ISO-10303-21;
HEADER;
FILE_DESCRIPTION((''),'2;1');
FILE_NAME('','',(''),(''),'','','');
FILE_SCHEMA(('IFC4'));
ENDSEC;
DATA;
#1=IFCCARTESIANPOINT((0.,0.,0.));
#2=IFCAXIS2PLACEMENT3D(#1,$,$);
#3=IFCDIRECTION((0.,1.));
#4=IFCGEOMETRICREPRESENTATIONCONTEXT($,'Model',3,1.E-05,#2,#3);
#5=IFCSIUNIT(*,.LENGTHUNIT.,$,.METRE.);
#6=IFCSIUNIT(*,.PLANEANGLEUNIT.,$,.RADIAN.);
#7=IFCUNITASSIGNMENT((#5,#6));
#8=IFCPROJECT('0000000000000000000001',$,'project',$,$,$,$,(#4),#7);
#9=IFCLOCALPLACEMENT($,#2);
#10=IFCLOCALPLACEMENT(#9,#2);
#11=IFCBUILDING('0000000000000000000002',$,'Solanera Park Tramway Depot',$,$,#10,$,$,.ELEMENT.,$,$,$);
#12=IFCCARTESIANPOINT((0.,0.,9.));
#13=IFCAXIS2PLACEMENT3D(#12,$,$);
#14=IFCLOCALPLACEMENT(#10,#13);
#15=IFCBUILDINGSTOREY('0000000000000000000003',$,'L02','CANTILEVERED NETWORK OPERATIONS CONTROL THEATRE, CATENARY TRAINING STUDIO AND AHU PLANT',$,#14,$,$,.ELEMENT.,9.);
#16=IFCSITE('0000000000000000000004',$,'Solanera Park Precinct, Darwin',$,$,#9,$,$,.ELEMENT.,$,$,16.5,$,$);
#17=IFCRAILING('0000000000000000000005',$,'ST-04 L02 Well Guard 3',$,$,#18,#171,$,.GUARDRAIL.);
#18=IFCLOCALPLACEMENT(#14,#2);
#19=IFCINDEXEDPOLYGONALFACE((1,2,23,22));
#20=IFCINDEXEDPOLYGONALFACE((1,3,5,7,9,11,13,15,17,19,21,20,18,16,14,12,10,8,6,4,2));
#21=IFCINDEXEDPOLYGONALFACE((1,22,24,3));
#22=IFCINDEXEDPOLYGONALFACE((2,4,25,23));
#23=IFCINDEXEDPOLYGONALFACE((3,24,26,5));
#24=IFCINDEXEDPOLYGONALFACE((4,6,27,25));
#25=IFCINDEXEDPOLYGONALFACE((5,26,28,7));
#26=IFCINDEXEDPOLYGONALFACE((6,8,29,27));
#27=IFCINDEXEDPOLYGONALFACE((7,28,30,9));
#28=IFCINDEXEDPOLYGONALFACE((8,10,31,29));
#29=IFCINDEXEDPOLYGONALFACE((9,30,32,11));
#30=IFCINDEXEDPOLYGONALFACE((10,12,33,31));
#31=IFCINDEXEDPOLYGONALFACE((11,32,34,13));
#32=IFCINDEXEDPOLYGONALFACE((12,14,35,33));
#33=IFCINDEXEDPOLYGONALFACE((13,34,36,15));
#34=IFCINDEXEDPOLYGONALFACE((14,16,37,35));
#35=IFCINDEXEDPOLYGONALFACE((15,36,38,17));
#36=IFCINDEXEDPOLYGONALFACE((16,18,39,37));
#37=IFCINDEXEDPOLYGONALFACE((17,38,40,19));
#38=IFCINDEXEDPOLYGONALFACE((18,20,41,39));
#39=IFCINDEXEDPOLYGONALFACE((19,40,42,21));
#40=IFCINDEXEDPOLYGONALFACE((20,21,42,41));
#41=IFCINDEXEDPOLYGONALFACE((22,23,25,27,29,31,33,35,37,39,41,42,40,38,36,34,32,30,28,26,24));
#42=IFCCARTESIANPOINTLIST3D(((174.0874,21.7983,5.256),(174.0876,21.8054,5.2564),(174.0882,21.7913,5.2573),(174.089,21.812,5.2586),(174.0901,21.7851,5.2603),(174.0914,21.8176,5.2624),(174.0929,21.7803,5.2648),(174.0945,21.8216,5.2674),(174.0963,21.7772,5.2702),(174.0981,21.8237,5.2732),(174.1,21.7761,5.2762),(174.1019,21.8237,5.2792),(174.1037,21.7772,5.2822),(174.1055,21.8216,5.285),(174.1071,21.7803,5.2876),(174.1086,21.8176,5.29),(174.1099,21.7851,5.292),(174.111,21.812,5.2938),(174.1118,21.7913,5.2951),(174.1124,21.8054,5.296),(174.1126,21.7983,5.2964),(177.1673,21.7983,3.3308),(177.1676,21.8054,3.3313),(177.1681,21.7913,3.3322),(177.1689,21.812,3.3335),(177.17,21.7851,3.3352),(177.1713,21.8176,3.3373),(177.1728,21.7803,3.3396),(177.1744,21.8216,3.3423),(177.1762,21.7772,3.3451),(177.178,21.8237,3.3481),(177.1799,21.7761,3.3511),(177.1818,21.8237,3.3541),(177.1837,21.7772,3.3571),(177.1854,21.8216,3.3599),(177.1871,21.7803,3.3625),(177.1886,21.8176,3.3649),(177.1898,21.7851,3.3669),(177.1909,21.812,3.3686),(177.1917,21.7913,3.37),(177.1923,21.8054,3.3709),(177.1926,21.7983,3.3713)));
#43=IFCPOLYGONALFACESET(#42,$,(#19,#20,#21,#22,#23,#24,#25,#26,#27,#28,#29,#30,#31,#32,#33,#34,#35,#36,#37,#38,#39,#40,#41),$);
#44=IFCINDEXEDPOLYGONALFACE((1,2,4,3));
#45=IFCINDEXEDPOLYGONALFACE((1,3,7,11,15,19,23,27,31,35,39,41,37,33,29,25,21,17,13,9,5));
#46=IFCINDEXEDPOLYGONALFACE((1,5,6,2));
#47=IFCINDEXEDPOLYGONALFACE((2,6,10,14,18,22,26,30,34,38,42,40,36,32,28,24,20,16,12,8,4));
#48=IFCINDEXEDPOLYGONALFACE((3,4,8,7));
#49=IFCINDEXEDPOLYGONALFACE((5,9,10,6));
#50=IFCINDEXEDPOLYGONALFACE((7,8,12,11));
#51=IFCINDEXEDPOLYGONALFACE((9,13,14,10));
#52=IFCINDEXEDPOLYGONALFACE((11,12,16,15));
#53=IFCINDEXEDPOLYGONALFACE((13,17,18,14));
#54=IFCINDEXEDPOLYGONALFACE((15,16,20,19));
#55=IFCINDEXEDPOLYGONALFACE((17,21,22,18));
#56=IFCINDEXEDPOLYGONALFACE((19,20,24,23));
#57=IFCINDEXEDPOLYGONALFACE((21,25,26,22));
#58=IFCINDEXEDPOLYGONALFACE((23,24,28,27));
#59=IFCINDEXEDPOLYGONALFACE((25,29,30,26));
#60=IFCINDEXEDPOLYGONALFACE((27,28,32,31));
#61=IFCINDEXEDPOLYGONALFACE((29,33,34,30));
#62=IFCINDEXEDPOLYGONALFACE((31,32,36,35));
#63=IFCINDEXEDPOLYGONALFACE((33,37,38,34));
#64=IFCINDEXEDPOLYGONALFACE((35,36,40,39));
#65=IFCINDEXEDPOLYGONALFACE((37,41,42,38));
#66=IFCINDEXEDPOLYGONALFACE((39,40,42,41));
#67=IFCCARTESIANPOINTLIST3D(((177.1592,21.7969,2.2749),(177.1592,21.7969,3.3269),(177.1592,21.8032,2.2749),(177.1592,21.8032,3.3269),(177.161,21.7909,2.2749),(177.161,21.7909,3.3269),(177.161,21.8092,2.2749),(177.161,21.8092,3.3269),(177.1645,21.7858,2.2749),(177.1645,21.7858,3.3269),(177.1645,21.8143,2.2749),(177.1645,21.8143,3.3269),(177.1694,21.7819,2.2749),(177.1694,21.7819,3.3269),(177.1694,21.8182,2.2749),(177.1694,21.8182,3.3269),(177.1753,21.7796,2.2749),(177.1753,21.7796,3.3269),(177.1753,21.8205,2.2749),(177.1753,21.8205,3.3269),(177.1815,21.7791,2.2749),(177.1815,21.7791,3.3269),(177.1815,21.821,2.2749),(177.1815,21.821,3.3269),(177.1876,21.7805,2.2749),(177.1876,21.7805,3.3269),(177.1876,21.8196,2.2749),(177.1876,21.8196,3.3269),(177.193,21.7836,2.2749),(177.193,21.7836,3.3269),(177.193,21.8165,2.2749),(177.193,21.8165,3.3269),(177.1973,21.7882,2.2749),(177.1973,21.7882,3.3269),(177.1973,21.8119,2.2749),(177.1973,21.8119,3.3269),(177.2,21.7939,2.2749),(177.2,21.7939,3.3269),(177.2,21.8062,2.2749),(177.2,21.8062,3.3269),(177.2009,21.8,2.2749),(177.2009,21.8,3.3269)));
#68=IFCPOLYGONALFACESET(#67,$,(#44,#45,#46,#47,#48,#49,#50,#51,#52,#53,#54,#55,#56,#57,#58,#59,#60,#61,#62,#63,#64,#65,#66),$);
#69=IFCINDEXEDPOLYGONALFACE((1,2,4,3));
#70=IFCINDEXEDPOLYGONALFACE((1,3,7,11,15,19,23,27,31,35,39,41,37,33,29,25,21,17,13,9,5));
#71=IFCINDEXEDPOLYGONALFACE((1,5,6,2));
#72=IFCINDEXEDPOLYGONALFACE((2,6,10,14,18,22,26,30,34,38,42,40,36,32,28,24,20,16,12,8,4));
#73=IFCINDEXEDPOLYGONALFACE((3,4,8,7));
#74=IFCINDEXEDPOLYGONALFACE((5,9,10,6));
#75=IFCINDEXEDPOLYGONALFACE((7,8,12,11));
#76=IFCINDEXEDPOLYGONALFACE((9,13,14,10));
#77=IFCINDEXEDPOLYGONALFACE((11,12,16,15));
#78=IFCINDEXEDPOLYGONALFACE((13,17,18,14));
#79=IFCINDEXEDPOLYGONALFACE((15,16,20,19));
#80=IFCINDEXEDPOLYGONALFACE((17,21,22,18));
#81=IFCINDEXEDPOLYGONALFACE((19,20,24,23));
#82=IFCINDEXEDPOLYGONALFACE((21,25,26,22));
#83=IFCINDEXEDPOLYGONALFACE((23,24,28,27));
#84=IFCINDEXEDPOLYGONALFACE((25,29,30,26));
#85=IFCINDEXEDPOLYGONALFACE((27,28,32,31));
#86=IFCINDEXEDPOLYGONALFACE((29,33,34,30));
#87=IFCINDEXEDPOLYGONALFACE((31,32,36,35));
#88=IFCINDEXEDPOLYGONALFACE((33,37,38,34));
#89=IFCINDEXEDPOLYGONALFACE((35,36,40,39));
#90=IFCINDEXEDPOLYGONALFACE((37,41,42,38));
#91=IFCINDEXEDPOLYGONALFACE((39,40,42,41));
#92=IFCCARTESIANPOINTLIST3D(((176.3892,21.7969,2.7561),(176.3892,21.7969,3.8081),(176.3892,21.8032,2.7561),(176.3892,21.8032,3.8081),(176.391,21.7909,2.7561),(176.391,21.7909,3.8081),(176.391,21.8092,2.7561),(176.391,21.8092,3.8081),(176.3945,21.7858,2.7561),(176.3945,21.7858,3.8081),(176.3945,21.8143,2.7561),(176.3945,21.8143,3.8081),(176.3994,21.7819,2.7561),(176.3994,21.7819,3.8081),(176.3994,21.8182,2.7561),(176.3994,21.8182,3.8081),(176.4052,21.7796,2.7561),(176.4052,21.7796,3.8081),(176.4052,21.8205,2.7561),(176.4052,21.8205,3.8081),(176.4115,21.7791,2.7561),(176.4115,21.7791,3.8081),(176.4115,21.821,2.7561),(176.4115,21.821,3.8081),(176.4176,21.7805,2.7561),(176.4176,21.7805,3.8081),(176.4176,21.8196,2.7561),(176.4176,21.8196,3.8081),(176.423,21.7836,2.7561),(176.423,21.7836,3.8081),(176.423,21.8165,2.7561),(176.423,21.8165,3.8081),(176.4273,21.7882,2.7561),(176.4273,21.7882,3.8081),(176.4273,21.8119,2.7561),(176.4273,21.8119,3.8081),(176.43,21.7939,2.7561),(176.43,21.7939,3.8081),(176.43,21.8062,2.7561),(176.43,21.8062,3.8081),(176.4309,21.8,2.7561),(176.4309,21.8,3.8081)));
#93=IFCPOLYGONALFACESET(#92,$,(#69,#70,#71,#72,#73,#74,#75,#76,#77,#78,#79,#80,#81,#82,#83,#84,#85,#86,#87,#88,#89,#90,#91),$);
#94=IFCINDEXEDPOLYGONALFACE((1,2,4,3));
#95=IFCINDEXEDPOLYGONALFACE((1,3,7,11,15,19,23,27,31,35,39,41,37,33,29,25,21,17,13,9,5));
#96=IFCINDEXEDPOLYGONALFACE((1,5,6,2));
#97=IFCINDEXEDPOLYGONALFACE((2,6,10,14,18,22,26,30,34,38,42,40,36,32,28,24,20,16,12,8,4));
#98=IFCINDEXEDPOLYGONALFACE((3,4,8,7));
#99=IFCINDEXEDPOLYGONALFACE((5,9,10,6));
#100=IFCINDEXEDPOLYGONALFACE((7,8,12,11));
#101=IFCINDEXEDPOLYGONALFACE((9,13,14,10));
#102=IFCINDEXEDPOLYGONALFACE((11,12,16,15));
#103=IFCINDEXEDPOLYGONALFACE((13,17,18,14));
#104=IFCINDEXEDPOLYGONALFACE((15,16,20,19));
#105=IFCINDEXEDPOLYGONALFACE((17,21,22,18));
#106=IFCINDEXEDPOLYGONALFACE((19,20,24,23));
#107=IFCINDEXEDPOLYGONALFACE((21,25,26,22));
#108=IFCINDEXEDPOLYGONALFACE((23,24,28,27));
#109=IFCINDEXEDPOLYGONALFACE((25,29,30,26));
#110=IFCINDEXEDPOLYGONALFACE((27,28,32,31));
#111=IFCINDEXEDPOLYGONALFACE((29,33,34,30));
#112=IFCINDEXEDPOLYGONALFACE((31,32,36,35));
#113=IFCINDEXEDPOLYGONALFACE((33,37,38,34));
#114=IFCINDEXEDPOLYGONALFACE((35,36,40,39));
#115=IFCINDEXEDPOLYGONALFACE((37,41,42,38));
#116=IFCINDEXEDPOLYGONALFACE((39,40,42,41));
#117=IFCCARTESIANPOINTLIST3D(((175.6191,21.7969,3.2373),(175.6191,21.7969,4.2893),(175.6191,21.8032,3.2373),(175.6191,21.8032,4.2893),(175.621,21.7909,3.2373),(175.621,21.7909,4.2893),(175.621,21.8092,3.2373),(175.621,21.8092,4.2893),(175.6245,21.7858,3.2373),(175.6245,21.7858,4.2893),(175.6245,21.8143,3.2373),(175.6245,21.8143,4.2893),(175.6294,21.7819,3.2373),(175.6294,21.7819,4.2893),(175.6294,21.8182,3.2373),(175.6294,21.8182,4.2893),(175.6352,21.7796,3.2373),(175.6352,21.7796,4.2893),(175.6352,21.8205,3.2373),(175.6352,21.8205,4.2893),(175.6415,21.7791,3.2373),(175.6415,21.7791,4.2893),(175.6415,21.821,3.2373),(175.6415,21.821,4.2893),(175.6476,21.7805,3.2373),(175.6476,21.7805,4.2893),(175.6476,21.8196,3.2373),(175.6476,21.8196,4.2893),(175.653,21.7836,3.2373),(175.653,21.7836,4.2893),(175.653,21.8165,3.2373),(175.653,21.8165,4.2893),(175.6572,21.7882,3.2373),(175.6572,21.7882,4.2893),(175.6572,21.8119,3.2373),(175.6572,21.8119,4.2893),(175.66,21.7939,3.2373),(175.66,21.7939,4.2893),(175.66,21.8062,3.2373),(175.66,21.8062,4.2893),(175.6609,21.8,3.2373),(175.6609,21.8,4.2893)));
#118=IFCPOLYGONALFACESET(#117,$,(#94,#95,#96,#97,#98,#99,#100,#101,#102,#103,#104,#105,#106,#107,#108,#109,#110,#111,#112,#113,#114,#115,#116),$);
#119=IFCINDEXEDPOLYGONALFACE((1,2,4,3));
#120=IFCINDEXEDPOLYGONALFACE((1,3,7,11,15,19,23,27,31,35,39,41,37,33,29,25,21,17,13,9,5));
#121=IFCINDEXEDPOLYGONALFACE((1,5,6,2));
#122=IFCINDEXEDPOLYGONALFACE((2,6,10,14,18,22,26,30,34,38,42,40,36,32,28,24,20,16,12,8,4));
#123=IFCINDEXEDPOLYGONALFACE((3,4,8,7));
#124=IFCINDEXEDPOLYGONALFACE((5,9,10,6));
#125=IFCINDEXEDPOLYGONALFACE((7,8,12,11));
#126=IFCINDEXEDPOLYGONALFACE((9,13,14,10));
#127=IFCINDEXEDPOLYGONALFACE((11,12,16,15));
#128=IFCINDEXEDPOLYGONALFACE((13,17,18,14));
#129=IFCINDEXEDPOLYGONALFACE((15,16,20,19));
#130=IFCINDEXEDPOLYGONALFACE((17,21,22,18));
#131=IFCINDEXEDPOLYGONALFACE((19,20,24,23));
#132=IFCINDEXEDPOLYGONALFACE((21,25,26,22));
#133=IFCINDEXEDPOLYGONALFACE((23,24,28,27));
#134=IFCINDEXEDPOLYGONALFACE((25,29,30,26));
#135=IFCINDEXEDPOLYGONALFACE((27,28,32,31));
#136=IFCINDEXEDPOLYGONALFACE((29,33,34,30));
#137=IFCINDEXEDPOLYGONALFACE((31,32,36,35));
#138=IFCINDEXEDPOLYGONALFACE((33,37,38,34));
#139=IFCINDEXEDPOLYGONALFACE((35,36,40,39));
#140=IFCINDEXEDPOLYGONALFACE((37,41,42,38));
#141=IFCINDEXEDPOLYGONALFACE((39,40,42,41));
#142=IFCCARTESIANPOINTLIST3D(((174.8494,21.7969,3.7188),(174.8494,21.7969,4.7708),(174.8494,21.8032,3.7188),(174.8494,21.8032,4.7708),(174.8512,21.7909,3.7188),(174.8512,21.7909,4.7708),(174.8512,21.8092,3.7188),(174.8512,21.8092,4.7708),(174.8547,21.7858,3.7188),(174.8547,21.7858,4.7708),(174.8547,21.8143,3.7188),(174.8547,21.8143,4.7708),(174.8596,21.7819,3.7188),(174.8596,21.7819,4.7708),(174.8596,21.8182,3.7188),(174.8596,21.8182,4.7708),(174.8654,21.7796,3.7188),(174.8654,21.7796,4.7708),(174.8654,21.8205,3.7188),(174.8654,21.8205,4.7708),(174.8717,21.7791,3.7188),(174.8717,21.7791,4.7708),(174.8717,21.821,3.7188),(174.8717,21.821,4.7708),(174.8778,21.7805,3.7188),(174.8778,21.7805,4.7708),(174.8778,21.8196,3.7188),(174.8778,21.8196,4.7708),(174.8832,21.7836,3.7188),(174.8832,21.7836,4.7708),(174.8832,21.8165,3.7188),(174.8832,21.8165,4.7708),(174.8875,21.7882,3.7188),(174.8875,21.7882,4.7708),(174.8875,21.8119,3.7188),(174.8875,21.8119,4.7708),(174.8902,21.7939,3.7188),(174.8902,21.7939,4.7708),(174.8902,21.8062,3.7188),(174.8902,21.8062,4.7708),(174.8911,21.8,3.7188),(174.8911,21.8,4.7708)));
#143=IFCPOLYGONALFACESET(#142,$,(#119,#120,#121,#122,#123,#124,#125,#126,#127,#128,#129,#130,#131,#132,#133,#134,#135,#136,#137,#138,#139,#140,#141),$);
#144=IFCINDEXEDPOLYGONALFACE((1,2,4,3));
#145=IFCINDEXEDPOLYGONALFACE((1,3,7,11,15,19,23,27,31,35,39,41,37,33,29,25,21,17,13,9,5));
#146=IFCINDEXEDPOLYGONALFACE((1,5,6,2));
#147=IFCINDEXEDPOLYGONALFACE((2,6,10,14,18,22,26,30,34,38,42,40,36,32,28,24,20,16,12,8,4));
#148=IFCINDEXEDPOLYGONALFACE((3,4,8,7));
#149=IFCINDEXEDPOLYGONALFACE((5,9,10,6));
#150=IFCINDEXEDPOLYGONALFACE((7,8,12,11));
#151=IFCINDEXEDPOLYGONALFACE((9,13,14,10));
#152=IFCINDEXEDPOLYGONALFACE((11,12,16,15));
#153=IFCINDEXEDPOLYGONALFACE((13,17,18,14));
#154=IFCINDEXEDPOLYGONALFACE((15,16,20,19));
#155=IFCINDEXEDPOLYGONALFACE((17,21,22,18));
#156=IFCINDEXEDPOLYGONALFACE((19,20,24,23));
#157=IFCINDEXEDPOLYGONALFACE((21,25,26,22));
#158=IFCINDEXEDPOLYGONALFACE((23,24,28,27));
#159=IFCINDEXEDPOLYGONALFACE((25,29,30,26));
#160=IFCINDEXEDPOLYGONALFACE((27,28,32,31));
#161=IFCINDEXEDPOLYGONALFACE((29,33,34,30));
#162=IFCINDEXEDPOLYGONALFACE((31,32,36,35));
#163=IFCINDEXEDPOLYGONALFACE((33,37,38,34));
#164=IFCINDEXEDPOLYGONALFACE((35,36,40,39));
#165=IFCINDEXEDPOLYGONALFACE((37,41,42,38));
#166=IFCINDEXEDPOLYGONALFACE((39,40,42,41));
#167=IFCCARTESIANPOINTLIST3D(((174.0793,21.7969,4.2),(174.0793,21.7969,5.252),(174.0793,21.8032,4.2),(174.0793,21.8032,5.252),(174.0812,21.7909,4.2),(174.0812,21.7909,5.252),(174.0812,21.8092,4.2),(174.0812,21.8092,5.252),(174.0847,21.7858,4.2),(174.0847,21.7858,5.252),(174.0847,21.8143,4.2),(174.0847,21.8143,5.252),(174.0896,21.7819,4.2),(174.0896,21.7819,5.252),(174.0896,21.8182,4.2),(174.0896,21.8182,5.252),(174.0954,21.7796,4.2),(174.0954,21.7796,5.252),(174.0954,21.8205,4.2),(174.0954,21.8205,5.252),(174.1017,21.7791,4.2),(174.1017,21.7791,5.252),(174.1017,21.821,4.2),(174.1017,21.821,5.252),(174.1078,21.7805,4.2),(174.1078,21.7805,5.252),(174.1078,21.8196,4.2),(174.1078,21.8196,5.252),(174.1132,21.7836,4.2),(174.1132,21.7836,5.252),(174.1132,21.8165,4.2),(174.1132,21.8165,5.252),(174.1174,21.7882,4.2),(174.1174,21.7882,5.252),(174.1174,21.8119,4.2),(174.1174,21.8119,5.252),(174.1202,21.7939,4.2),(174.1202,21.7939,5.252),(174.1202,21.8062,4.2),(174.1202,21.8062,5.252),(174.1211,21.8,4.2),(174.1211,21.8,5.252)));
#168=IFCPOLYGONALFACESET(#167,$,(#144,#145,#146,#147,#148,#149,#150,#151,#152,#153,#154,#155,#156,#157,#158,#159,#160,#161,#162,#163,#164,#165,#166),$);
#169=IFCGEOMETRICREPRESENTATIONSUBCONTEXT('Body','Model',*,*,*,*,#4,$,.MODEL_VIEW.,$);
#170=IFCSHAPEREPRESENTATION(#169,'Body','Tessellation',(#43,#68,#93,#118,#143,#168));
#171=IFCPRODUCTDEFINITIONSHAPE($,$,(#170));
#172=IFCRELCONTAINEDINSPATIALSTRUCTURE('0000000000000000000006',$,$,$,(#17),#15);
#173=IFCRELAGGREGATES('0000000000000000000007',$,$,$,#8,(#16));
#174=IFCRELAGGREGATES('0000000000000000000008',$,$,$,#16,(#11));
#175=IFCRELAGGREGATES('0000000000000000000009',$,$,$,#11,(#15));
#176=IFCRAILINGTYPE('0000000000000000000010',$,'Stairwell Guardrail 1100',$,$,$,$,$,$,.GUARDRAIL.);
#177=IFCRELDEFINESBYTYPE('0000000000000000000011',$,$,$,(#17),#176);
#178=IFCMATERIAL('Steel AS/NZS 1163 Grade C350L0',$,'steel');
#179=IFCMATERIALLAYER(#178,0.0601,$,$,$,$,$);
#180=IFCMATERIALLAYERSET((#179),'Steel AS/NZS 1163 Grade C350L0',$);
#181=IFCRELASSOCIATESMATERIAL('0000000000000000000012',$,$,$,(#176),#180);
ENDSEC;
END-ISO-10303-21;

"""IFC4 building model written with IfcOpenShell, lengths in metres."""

from ifc_helpers import new_model, si_unit, direction, frame, origin, origin_2d, place, context, subcontext, project, spatial, circle, extrude, material, layer, layer_set, type_object, element, save


model = new_model("IFC4")

# Units and contexts
model_context = context("Model", 3, precision=1e-05, world=origin(), true_north=direction((0.0, 1.0)))
body_context = subcontext(model_context, "Body", "Model", "MODEL_VIEW")
ifc_project = project(units=[si_unit("LENGTHUNIT", "METRE"), si_unit("PLANEANGLEUNIT", "RADIAN")], contexts=[model_context])

# Site, building, storey
site_placement = place(None, origin())
site = spatial("IfcSite", under=ifc_project, at=site_placement, Name="Solanera Park Precinct, Darwin", CompositionType="ELEMENT", RefElevation=16.5)
building_placement = place(site_placement, origin())
building = spatial("IfcBuilding", under=site, at=building_placement, Name="Solanera Park Tramway Depot", CompositionType="ELEMENT")
storey_placement = place(building_placement, frame((0.0, 0.0, 9.0)))
storey = spatial("IfcBuildingStorey", under=building, at=storey_placement, Name="L02", Description="CANTILEVERED NETWORK OPERATIONS CONTROL THEATRE, CATENARY TRAINING STUDIO AND AHU PLANT", CompositionType="ELEMENT", Elevation=9.0)

# Railing
ifc_material_1 = material(Name="Steel AS/NZS 1163 Grade C350L0", Category="steel")
ifc_layer_1 = layer(ifc_material_1, 0.0601)
ifc_layer_set_1 = layer_set([ifc_layer_1], Name="Steel AS/NZS 1163 Grade C350L0")
railing_type_1 = type_object("IfcRailingType", Name="Stairwell Guardrail 1100", PredefinedType="GUARDRAIL", material=ifc_layer_set_1)
railing_1_placement = place(storey_placement, frame((177.1799, 21.8, 2.2749)))
element("IfcRailing", 1, at=railing_1_placement, inside=storey, type_object=railing_type_1, Name="ST-04 L02 Well Guard 3", PredefinedType="GUARDRAIL", context=body_context, shape_type="SweptSolid", body=[
    extrude(circle(Radius=0.0239, at=origin_2d()), frame((0.0, 0.0, 1.0762), z_axis=(-0.847979, 0.0, 0.530029), x_axis=(0.0, -1.0, 0.0)), (0.0, 0.0, 1.0), 3.6321),
    extrude(circle(Radius=0.021, at=origin_2d()), origin(), (0.0, 0.0, 1.0), 1.052),
    extrude(circle(Radius=0.021, at=origin_2d()), frame((-0.77, 0.0, 0.4812)), (0.0, 0.0, 1.0), 1.052),
    extrude(circle(Radius=0.021, at=origin_2d()), frame((-1.54, 0.0, 0.9624)), (0.0, 0.0, 1.0), 1.052),
    extrude(circle(Radius=0.021, at=origin_2d()), frame((-2.3098, 0.0, 1.4438)), (0.0, 0.0, 1.0), 1.052),
    extrude(circle(Radius=0.021, at=origin_2d()), frame((-3.0798, 0.0, 1.925)), (0.0, 0.0, 1.0), 1.052),
])

save(model, "model.ifc")
